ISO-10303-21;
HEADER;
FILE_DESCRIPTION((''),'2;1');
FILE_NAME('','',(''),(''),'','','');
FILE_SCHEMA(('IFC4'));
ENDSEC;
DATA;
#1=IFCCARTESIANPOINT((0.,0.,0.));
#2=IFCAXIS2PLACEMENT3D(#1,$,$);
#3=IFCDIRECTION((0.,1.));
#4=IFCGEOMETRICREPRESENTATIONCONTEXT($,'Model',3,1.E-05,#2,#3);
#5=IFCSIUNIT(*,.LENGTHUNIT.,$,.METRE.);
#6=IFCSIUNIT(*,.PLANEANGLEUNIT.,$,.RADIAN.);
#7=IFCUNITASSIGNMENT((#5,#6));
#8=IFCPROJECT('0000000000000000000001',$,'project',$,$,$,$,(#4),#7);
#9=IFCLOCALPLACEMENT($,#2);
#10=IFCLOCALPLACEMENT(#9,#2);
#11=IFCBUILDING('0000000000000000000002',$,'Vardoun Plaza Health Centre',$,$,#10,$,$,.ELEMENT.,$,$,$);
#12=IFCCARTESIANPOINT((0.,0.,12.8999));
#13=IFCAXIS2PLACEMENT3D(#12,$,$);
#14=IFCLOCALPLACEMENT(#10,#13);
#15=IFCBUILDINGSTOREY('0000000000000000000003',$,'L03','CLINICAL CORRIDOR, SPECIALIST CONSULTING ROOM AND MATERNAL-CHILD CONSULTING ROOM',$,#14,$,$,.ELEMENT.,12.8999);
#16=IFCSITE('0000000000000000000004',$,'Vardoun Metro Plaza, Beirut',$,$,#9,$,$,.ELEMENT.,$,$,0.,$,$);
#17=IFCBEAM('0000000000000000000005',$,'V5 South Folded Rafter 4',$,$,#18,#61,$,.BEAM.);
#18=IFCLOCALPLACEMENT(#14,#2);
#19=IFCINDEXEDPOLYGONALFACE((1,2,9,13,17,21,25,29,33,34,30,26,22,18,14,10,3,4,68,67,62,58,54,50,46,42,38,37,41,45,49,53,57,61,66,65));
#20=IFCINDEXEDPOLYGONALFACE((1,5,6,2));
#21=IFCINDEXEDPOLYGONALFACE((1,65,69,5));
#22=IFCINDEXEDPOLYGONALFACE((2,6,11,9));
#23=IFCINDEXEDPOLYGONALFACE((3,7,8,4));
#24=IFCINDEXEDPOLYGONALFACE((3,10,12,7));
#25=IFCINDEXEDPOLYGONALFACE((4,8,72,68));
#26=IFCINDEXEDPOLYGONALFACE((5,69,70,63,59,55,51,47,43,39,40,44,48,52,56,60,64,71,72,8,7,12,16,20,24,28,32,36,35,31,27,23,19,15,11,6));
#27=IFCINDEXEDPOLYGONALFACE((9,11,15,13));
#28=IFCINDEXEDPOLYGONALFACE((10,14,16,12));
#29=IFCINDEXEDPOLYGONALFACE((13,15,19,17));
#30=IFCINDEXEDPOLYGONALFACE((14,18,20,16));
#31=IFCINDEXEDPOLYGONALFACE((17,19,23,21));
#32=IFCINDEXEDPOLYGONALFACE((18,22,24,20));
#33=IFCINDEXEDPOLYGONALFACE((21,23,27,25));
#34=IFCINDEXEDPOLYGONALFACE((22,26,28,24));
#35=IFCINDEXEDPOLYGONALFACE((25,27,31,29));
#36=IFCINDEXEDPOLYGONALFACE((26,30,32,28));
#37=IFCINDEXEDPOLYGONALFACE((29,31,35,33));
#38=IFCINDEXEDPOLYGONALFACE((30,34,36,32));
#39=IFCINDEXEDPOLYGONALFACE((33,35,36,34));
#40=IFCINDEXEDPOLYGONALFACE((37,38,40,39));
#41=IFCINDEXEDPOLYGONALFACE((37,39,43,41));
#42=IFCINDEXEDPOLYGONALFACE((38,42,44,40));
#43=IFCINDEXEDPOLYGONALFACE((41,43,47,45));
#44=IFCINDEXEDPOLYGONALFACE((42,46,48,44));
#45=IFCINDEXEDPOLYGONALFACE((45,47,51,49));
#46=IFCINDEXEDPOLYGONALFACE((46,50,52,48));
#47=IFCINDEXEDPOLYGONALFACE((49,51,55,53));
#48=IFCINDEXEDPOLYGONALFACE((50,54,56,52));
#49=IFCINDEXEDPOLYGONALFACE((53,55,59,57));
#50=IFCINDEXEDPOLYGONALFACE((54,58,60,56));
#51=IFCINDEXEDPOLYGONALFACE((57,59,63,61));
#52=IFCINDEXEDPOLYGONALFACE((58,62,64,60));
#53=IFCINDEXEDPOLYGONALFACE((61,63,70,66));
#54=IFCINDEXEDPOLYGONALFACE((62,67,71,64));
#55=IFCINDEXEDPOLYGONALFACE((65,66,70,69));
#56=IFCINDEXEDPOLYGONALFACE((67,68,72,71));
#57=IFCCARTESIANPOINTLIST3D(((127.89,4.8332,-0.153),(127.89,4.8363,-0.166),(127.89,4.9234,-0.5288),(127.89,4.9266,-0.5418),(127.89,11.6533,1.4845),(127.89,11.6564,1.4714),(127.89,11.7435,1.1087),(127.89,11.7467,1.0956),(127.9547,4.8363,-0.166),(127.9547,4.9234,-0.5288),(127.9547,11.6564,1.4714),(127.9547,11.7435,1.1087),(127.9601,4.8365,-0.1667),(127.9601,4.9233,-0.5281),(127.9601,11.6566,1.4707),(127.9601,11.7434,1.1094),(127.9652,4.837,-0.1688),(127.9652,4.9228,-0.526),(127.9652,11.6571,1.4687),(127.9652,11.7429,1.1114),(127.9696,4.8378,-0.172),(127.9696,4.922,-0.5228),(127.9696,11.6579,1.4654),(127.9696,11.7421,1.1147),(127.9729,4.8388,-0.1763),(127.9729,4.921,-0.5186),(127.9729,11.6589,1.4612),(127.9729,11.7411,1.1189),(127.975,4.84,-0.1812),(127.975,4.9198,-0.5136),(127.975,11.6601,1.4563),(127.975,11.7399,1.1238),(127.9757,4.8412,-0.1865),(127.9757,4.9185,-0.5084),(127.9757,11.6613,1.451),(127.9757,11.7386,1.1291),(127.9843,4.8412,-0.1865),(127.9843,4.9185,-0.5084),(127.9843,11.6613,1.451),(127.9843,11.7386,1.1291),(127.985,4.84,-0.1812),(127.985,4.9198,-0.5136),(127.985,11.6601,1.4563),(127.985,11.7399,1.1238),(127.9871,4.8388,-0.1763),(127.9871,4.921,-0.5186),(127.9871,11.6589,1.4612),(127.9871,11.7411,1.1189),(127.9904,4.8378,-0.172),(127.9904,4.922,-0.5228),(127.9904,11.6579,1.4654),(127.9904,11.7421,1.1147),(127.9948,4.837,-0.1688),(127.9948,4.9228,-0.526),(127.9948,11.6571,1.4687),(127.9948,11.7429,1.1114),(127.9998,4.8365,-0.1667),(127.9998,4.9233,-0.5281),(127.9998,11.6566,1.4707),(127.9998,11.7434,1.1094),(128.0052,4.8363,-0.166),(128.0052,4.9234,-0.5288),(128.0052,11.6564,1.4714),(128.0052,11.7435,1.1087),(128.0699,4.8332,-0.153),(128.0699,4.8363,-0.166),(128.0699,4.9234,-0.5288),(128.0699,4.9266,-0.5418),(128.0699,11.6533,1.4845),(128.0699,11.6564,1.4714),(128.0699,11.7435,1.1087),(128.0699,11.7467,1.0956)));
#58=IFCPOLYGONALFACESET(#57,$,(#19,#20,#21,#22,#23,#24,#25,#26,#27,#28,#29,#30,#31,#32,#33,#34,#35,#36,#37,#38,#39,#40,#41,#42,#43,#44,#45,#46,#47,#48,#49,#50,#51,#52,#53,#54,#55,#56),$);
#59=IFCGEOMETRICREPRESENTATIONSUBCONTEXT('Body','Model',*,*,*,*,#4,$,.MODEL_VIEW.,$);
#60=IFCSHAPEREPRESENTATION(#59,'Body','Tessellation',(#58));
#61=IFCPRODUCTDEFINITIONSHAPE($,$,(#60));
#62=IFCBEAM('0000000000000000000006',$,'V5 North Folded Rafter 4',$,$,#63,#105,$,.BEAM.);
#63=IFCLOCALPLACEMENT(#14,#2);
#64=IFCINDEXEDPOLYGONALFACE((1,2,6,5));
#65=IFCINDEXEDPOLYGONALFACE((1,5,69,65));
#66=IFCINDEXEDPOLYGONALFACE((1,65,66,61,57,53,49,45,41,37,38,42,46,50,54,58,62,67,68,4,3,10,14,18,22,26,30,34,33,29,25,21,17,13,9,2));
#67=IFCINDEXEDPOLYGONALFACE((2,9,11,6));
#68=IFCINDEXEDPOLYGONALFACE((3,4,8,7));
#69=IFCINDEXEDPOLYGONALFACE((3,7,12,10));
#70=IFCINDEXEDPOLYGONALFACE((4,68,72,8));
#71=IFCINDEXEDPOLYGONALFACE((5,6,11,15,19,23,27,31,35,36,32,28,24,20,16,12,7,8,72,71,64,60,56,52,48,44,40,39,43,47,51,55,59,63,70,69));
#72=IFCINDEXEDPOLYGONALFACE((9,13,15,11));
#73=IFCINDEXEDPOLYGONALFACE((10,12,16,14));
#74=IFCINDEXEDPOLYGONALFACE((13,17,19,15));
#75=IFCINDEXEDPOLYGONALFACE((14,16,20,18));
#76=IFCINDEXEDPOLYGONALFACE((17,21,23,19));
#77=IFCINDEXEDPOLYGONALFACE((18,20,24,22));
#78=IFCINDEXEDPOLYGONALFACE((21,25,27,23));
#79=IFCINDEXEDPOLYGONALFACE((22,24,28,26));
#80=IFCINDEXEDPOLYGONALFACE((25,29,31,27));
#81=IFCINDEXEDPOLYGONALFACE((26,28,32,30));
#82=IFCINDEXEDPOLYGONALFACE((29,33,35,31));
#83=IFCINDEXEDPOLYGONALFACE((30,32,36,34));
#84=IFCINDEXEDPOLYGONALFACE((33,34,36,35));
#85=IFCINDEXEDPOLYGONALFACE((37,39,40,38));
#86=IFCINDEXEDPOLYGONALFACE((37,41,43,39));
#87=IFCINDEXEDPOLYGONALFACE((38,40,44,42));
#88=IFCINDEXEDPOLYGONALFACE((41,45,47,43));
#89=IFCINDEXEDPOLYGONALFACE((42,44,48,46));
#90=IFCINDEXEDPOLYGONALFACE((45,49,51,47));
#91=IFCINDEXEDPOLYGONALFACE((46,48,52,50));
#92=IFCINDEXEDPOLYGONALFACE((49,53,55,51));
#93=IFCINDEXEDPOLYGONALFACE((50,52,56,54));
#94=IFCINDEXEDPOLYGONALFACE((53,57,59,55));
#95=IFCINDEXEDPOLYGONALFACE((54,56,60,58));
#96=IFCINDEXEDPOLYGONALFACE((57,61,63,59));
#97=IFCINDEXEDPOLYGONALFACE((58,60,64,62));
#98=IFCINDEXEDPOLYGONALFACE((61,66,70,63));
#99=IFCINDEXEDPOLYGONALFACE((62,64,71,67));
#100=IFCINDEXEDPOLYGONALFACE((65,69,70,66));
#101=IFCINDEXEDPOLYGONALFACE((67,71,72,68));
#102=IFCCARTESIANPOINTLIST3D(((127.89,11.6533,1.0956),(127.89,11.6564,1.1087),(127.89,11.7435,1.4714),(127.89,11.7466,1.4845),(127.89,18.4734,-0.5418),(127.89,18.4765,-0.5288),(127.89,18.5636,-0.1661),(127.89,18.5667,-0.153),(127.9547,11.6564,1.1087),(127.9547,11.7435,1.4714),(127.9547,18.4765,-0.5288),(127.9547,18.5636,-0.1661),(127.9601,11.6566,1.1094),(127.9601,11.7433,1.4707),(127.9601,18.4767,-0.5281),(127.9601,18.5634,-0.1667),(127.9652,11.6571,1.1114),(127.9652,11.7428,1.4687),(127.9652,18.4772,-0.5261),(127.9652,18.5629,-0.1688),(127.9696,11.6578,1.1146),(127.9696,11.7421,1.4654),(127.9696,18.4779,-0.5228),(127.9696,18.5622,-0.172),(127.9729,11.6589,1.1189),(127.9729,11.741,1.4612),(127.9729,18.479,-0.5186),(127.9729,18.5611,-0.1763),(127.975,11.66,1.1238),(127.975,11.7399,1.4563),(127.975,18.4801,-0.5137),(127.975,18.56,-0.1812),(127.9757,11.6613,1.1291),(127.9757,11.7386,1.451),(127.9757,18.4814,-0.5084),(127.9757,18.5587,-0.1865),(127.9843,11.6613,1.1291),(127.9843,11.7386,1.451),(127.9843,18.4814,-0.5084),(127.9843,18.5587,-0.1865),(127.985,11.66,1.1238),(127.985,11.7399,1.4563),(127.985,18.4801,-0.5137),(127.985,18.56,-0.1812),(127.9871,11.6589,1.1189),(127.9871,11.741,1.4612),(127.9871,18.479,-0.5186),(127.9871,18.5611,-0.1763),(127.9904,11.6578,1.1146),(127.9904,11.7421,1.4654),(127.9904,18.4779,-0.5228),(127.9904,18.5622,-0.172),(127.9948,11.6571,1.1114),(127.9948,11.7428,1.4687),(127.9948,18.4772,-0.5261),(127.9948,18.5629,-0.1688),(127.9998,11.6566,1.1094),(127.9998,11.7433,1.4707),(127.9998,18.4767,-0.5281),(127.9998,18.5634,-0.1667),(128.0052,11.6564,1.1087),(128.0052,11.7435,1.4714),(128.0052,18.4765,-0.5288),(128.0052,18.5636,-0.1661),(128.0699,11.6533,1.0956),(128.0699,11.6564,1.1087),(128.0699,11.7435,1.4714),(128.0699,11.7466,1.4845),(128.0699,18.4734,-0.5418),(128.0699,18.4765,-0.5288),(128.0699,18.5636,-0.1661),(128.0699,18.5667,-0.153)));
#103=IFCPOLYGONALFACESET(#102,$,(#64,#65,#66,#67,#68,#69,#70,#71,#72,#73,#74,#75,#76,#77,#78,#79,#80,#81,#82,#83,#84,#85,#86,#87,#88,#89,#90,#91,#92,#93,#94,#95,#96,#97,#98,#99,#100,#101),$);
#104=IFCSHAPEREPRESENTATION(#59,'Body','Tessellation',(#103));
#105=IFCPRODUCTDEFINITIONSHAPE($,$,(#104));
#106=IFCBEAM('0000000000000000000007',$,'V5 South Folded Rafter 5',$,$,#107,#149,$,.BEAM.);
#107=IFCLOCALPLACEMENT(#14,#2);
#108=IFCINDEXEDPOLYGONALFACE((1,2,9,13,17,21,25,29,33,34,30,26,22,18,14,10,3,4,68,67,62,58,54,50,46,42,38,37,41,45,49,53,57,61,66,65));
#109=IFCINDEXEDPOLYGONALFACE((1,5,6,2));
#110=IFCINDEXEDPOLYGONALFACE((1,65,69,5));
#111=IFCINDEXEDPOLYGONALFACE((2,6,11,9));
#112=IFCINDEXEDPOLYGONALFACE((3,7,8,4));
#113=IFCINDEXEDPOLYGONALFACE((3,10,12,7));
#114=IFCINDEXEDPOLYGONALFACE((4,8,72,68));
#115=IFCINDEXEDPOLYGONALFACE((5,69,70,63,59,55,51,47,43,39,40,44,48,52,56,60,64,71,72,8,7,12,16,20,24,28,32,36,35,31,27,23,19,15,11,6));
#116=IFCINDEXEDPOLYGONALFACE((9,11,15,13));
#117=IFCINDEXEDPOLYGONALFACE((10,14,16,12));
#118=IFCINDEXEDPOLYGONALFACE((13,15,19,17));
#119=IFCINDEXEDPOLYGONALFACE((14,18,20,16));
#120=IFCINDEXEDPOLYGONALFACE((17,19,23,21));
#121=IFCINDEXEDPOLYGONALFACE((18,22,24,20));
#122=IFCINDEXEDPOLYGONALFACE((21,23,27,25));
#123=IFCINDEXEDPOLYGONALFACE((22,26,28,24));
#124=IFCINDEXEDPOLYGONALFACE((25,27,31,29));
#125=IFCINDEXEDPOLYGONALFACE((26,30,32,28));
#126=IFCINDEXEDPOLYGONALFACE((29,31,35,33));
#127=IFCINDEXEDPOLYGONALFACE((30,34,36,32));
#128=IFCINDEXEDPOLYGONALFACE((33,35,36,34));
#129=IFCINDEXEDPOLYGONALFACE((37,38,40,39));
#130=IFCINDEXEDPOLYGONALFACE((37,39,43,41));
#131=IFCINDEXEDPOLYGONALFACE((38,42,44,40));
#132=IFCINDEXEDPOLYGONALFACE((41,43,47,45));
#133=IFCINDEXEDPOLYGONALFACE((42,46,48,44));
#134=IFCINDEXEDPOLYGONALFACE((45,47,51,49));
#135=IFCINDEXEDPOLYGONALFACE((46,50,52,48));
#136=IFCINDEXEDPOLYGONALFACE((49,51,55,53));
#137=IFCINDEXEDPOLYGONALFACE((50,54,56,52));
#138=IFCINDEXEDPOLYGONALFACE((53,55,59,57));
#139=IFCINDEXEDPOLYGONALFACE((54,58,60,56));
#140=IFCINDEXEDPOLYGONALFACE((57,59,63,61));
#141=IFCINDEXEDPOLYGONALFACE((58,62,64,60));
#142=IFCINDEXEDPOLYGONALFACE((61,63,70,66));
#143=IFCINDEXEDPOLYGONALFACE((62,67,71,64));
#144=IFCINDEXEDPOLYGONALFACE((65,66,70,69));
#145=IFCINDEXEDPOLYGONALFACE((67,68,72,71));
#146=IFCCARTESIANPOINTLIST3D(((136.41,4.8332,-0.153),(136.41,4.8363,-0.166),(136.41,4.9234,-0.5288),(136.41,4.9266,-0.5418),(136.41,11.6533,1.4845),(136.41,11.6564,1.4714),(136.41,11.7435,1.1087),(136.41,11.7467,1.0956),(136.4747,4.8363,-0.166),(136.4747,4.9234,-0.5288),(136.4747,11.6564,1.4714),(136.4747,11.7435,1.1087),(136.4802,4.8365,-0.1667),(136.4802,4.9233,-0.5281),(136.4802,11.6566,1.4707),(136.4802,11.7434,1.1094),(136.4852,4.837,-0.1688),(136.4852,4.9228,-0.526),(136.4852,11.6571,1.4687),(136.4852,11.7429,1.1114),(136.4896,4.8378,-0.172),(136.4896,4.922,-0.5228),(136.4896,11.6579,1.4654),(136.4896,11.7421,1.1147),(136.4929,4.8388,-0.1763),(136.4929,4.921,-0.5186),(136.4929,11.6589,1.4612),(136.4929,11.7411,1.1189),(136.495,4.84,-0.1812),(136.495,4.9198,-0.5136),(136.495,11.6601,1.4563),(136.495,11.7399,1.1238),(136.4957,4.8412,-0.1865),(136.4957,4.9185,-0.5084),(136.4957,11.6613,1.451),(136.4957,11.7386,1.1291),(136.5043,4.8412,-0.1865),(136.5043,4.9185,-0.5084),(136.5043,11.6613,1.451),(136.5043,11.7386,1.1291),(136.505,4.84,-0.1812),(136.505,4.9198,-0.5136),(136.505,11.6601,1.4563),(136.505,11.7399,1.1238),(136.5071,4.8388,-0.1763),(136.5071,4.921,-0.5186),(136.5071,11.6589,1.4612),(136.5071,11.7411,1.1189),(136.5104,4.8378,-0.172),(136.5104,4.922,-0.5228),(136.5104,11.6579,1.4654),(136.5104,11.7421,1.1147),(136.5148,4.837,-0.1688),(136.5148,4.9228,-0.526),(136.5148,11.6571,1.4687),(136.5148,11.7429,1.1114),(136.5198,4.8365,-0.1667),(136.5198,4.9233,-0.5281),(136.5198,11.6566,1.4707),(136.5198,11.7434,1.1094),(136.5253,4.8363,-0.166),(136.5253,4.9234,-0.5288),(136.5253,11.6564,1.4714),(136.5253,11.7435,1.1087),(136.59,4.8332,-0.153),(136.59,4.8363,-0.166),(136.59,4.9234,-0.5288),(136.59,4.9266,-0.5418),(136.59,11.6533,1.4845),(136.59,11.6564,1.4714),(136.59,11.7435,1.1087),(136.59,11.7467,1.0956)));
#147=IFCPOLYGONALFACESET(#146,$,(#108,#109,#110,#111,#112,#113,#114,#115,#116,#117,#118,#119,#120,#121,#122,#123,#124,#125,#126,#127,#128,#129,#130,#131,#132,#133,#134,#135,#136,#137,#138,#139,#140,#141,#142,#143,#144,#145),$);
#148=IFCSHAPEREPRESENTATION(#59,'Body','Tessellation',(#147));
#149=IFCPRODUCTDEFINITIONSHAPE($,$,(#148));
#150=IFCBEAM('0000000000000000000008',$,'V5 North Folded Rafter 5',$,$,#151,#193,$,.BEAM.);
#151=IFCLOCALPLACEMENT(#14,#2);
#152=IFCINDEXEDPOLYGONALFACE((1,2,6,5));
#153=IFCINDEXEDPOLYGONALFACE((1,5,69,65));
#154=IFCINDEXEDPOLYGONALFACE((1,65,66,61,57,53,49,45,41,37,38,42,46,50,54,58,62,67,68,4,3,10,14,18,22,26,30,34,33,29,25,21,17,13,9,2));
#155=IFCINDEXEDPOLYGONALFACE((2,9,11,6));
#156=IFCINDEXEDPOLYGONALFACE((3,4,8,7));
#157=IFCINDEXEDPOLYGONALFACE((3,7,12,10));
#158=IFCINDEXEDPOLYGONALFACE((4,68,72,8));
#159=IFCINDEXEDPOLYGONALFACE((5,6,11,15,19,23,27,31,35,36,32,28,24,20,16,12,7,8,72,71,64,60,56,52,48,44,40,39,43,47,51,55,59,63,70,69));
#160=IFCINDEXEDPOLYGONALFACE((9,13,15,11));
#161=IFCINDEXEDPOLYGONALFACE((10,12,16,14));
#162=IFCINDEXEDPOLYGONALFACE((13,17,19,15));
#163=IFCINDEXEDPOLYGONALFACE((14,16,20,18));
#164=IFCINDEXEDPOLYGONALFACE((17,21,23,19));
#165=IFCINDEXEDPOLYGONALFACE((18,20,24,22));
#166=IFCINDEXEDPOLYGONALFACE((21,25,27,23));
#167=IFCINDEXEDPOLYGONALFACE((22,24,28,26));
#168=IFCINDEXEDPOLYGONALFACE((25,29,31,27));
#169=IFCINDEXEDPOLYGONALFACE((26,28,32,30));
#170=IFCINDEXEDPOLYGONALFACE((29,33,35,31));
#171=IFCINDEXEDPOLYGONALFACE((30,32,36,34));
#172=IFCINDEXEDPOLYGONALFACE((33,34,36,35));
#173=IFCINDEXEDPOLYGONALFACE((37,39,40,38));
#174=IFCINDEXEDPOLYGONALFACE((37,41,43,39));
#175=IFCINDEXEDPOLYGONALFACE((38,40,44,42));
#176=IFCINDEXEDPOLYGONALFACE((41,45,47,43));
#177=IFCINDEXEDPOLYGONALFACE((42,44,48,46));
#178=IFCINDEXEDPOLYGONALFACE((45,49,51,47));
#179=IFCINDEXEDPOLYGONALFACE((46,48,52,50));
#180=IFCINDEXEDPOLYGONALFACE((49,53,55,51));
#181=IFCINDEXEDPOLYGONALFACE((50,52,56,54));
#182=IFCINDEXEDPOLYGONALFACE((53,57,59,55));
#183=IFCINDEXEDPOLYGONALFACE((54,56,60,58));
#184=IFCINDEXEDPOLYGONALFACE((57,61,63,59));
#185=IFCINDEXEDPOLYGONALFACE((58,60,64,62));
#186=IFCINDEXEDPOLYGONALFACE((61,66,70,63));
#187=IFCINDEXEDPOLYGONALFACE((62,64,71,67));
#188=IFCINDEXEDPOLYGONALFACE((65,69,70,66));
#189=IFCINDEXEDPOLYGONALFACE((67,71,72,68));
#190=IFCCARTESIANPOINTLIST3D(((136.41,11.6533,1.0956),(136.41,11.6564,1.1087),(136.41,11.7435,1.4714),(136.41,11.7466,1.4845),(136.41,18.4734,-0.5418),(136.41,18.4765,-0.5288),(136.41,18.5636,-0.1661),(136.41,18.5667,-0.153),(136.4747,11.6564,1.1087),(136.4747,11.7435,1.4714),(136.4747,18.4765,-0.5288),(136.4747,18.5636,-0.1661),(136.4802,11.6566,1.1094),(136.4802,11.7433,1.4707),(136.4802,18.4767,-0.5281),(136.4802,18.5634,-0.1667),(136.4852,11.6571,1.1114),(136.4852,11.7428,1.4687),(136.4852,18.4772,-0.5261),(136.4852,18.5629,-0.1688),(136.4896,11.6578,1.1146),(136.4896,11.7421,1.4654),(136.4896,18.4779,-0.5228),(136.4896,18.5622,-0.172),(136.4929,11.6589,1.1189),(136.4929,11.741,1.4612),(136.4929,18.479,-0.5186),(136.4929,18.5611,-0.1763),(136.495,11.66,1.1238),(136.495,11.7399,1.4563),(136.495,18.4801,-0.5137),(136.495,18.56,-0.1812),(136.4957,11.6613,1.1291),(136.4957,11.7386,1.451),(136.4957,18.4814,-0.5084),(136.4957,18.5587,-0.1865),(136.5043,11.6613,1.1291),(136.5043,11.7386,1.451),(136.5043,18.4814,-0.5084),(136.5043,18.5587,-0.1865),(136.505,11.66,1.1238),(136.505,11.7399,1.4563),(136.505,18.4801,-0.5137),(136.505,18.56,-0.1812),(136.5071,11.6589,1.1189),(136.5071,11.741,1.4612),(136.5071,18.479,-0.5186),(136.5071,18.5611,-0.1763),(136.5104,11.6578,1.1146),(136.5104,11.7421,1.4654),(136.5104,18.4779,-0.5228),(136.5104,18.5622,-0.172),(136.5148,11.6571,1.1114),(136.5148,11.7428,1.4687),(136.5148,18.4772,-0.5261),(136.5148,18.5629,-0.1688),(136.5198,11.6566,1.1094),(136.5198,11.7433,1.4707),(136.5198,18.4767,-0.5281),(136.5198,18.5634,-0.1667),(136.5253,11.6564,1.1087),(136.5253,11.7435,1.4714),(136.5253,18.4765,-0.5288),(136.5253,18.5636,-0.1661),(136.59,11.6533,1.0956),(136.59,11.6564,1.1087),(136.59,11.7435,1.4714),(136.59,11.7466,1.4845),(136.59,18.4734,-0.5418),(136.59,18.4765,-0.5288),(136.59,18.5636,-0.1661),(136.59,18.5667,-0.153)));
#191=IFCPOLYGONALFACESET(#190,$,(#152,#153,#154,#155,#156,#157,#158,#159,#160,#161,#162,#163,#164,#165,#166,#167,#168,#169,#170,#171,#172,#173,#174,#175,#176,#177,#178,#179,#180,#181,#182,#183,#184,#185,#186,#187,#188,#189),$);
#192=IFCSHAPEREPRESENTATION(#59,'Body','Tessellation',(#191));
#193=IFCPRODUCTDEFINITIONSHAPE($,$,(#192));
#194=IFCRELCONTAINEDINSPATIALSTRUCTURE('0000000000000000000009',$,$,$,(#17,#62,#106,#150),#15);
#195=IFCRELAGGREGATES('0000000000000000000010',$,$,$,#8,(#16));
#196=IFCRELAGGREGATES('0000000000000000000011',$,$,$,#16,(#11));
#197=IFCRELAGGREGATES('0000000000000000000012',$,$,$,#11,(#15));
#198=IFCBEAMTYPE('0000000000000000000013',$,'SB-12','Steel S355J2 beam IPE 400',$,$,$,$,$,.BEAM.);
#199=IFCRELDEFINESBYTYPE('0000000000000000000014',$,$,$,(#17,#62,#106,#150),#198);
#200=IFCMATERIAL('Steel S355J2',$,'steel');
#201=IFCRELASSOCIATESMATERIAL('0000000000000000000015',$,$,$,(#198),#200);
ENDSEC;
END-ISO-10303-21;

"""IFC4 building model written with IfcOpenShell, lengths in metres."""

from ifc_helpers import new_model, si_unit, direction, frame, origin, origin_2d, place, context, subcontext, project, spatial, i_section, extrude, material, material_profile, profile_set, type_object, element, save


model = new_model("IFC4")

# Units and contexts
model_context = context("Model", 3, precision=1e-05, world=origin(), true_north=direction((0.0, 1.0)))
body_context = subcontext(model_context, "Body", "Model", "MODEL_VIEW")
ifc_project = project(units=[si_unit("LENGTHUNIT", "METRE"), si_unit("PLANEANGLEUNIT", "RADIAN")], contexts=[model_context])

# Site, building, storey
site_placement = place(None, origin())
site = spatial("IfcSite", under=ifc_project, at=site_placement, Name="Vardoun Metro Plaza, Beirut", CompositionType="ELEMENT", RefElevation=0.0)
building_placement = place(site_placement, origin())
building = spatial("IfcBuilding", under=site, at=building_placement, Name="Vardoun Plaza Health Centre", CompositionType="ELEMENT")
storey_placement = place(building_placement, frame((0.0, 0.0, 12.8999)))
storey = spatial("IfcBuildingStorey", under=building, at=storey_placement, Name="L03", Description="CLINICAL CORRIDOR, SPECIALIST CONSULTING ROOM AND MATERNAL-CHILD CONSULTING ROOM", CompositionType="ELEMENT", Elevation=12.8999)

# Beams
ifc_material_1 = material(Name="Steel S355J2", Category="steel")
ifc_material_profile_1 = material_profile(ifc_material_1, i_section(OverallWidth=0.1799, OverallDepth=0.3999, WebThickness=0.0085, FlangeThickness=0.0134, FilletRadius=0.021, at=origin_2d()), Name="IPE 400")
ifc_profile_set_1 = profile_set([ifc_material_profile_1], Name="Steel S355J2")
beam_type_1 = type_object("IfcBeamType", Name="SB-12", Description="Steel S355J2 beam IPE 400", PredefinedType="BEAM", material=ifc_profile_set_1)
for number, where, z_axis, x_axis, name in (
    (1, (127.98, 4.8799, -0.3474), (0.0, 0.972367, 0.233459), (-1.0, 0.0, 0.0), "V5 South Folded Rafter 4"),
    (2, (127.98, 11.7, 1.29), (0.0, 0.972367, -0.233459), (-1.0, 0.0, 0.0), "V5 North Folded Rafter 4"),
    (3, (136.5, 4.8799, -0.3474), (0.0, 0.972367, 0.233459), (-1.0, 0.0, 0.0), "V5 South Folded Rafter 5"),
    (4, (136.5, 11.7, 1.29), (0.0, 0.972367, -0.233459), (-1.0, 0.0, 0.0), "V5 North Folded Rafter 5"),
):
    element("IfcBeam", number, at=place(storey_placement, frame(where, z_axis=z_axis, x_axis=x_axis)), inside=storey, type_object=beam_type_1, Name=name, PredefinedType="BEAM", context=body_context, shape_type="SweptSolid", body=[
        extrude(i_section(OverallWidth=0.1799, OverallDepth=0.3999, WebThickness=0.0085, FlangeThickness=0.0134, FilletRadius=0.021, at=origin_2d()), origin(), (0.0, 0.0, 1.0), 7.0139),
    ])

save(model, "model.ifc")
